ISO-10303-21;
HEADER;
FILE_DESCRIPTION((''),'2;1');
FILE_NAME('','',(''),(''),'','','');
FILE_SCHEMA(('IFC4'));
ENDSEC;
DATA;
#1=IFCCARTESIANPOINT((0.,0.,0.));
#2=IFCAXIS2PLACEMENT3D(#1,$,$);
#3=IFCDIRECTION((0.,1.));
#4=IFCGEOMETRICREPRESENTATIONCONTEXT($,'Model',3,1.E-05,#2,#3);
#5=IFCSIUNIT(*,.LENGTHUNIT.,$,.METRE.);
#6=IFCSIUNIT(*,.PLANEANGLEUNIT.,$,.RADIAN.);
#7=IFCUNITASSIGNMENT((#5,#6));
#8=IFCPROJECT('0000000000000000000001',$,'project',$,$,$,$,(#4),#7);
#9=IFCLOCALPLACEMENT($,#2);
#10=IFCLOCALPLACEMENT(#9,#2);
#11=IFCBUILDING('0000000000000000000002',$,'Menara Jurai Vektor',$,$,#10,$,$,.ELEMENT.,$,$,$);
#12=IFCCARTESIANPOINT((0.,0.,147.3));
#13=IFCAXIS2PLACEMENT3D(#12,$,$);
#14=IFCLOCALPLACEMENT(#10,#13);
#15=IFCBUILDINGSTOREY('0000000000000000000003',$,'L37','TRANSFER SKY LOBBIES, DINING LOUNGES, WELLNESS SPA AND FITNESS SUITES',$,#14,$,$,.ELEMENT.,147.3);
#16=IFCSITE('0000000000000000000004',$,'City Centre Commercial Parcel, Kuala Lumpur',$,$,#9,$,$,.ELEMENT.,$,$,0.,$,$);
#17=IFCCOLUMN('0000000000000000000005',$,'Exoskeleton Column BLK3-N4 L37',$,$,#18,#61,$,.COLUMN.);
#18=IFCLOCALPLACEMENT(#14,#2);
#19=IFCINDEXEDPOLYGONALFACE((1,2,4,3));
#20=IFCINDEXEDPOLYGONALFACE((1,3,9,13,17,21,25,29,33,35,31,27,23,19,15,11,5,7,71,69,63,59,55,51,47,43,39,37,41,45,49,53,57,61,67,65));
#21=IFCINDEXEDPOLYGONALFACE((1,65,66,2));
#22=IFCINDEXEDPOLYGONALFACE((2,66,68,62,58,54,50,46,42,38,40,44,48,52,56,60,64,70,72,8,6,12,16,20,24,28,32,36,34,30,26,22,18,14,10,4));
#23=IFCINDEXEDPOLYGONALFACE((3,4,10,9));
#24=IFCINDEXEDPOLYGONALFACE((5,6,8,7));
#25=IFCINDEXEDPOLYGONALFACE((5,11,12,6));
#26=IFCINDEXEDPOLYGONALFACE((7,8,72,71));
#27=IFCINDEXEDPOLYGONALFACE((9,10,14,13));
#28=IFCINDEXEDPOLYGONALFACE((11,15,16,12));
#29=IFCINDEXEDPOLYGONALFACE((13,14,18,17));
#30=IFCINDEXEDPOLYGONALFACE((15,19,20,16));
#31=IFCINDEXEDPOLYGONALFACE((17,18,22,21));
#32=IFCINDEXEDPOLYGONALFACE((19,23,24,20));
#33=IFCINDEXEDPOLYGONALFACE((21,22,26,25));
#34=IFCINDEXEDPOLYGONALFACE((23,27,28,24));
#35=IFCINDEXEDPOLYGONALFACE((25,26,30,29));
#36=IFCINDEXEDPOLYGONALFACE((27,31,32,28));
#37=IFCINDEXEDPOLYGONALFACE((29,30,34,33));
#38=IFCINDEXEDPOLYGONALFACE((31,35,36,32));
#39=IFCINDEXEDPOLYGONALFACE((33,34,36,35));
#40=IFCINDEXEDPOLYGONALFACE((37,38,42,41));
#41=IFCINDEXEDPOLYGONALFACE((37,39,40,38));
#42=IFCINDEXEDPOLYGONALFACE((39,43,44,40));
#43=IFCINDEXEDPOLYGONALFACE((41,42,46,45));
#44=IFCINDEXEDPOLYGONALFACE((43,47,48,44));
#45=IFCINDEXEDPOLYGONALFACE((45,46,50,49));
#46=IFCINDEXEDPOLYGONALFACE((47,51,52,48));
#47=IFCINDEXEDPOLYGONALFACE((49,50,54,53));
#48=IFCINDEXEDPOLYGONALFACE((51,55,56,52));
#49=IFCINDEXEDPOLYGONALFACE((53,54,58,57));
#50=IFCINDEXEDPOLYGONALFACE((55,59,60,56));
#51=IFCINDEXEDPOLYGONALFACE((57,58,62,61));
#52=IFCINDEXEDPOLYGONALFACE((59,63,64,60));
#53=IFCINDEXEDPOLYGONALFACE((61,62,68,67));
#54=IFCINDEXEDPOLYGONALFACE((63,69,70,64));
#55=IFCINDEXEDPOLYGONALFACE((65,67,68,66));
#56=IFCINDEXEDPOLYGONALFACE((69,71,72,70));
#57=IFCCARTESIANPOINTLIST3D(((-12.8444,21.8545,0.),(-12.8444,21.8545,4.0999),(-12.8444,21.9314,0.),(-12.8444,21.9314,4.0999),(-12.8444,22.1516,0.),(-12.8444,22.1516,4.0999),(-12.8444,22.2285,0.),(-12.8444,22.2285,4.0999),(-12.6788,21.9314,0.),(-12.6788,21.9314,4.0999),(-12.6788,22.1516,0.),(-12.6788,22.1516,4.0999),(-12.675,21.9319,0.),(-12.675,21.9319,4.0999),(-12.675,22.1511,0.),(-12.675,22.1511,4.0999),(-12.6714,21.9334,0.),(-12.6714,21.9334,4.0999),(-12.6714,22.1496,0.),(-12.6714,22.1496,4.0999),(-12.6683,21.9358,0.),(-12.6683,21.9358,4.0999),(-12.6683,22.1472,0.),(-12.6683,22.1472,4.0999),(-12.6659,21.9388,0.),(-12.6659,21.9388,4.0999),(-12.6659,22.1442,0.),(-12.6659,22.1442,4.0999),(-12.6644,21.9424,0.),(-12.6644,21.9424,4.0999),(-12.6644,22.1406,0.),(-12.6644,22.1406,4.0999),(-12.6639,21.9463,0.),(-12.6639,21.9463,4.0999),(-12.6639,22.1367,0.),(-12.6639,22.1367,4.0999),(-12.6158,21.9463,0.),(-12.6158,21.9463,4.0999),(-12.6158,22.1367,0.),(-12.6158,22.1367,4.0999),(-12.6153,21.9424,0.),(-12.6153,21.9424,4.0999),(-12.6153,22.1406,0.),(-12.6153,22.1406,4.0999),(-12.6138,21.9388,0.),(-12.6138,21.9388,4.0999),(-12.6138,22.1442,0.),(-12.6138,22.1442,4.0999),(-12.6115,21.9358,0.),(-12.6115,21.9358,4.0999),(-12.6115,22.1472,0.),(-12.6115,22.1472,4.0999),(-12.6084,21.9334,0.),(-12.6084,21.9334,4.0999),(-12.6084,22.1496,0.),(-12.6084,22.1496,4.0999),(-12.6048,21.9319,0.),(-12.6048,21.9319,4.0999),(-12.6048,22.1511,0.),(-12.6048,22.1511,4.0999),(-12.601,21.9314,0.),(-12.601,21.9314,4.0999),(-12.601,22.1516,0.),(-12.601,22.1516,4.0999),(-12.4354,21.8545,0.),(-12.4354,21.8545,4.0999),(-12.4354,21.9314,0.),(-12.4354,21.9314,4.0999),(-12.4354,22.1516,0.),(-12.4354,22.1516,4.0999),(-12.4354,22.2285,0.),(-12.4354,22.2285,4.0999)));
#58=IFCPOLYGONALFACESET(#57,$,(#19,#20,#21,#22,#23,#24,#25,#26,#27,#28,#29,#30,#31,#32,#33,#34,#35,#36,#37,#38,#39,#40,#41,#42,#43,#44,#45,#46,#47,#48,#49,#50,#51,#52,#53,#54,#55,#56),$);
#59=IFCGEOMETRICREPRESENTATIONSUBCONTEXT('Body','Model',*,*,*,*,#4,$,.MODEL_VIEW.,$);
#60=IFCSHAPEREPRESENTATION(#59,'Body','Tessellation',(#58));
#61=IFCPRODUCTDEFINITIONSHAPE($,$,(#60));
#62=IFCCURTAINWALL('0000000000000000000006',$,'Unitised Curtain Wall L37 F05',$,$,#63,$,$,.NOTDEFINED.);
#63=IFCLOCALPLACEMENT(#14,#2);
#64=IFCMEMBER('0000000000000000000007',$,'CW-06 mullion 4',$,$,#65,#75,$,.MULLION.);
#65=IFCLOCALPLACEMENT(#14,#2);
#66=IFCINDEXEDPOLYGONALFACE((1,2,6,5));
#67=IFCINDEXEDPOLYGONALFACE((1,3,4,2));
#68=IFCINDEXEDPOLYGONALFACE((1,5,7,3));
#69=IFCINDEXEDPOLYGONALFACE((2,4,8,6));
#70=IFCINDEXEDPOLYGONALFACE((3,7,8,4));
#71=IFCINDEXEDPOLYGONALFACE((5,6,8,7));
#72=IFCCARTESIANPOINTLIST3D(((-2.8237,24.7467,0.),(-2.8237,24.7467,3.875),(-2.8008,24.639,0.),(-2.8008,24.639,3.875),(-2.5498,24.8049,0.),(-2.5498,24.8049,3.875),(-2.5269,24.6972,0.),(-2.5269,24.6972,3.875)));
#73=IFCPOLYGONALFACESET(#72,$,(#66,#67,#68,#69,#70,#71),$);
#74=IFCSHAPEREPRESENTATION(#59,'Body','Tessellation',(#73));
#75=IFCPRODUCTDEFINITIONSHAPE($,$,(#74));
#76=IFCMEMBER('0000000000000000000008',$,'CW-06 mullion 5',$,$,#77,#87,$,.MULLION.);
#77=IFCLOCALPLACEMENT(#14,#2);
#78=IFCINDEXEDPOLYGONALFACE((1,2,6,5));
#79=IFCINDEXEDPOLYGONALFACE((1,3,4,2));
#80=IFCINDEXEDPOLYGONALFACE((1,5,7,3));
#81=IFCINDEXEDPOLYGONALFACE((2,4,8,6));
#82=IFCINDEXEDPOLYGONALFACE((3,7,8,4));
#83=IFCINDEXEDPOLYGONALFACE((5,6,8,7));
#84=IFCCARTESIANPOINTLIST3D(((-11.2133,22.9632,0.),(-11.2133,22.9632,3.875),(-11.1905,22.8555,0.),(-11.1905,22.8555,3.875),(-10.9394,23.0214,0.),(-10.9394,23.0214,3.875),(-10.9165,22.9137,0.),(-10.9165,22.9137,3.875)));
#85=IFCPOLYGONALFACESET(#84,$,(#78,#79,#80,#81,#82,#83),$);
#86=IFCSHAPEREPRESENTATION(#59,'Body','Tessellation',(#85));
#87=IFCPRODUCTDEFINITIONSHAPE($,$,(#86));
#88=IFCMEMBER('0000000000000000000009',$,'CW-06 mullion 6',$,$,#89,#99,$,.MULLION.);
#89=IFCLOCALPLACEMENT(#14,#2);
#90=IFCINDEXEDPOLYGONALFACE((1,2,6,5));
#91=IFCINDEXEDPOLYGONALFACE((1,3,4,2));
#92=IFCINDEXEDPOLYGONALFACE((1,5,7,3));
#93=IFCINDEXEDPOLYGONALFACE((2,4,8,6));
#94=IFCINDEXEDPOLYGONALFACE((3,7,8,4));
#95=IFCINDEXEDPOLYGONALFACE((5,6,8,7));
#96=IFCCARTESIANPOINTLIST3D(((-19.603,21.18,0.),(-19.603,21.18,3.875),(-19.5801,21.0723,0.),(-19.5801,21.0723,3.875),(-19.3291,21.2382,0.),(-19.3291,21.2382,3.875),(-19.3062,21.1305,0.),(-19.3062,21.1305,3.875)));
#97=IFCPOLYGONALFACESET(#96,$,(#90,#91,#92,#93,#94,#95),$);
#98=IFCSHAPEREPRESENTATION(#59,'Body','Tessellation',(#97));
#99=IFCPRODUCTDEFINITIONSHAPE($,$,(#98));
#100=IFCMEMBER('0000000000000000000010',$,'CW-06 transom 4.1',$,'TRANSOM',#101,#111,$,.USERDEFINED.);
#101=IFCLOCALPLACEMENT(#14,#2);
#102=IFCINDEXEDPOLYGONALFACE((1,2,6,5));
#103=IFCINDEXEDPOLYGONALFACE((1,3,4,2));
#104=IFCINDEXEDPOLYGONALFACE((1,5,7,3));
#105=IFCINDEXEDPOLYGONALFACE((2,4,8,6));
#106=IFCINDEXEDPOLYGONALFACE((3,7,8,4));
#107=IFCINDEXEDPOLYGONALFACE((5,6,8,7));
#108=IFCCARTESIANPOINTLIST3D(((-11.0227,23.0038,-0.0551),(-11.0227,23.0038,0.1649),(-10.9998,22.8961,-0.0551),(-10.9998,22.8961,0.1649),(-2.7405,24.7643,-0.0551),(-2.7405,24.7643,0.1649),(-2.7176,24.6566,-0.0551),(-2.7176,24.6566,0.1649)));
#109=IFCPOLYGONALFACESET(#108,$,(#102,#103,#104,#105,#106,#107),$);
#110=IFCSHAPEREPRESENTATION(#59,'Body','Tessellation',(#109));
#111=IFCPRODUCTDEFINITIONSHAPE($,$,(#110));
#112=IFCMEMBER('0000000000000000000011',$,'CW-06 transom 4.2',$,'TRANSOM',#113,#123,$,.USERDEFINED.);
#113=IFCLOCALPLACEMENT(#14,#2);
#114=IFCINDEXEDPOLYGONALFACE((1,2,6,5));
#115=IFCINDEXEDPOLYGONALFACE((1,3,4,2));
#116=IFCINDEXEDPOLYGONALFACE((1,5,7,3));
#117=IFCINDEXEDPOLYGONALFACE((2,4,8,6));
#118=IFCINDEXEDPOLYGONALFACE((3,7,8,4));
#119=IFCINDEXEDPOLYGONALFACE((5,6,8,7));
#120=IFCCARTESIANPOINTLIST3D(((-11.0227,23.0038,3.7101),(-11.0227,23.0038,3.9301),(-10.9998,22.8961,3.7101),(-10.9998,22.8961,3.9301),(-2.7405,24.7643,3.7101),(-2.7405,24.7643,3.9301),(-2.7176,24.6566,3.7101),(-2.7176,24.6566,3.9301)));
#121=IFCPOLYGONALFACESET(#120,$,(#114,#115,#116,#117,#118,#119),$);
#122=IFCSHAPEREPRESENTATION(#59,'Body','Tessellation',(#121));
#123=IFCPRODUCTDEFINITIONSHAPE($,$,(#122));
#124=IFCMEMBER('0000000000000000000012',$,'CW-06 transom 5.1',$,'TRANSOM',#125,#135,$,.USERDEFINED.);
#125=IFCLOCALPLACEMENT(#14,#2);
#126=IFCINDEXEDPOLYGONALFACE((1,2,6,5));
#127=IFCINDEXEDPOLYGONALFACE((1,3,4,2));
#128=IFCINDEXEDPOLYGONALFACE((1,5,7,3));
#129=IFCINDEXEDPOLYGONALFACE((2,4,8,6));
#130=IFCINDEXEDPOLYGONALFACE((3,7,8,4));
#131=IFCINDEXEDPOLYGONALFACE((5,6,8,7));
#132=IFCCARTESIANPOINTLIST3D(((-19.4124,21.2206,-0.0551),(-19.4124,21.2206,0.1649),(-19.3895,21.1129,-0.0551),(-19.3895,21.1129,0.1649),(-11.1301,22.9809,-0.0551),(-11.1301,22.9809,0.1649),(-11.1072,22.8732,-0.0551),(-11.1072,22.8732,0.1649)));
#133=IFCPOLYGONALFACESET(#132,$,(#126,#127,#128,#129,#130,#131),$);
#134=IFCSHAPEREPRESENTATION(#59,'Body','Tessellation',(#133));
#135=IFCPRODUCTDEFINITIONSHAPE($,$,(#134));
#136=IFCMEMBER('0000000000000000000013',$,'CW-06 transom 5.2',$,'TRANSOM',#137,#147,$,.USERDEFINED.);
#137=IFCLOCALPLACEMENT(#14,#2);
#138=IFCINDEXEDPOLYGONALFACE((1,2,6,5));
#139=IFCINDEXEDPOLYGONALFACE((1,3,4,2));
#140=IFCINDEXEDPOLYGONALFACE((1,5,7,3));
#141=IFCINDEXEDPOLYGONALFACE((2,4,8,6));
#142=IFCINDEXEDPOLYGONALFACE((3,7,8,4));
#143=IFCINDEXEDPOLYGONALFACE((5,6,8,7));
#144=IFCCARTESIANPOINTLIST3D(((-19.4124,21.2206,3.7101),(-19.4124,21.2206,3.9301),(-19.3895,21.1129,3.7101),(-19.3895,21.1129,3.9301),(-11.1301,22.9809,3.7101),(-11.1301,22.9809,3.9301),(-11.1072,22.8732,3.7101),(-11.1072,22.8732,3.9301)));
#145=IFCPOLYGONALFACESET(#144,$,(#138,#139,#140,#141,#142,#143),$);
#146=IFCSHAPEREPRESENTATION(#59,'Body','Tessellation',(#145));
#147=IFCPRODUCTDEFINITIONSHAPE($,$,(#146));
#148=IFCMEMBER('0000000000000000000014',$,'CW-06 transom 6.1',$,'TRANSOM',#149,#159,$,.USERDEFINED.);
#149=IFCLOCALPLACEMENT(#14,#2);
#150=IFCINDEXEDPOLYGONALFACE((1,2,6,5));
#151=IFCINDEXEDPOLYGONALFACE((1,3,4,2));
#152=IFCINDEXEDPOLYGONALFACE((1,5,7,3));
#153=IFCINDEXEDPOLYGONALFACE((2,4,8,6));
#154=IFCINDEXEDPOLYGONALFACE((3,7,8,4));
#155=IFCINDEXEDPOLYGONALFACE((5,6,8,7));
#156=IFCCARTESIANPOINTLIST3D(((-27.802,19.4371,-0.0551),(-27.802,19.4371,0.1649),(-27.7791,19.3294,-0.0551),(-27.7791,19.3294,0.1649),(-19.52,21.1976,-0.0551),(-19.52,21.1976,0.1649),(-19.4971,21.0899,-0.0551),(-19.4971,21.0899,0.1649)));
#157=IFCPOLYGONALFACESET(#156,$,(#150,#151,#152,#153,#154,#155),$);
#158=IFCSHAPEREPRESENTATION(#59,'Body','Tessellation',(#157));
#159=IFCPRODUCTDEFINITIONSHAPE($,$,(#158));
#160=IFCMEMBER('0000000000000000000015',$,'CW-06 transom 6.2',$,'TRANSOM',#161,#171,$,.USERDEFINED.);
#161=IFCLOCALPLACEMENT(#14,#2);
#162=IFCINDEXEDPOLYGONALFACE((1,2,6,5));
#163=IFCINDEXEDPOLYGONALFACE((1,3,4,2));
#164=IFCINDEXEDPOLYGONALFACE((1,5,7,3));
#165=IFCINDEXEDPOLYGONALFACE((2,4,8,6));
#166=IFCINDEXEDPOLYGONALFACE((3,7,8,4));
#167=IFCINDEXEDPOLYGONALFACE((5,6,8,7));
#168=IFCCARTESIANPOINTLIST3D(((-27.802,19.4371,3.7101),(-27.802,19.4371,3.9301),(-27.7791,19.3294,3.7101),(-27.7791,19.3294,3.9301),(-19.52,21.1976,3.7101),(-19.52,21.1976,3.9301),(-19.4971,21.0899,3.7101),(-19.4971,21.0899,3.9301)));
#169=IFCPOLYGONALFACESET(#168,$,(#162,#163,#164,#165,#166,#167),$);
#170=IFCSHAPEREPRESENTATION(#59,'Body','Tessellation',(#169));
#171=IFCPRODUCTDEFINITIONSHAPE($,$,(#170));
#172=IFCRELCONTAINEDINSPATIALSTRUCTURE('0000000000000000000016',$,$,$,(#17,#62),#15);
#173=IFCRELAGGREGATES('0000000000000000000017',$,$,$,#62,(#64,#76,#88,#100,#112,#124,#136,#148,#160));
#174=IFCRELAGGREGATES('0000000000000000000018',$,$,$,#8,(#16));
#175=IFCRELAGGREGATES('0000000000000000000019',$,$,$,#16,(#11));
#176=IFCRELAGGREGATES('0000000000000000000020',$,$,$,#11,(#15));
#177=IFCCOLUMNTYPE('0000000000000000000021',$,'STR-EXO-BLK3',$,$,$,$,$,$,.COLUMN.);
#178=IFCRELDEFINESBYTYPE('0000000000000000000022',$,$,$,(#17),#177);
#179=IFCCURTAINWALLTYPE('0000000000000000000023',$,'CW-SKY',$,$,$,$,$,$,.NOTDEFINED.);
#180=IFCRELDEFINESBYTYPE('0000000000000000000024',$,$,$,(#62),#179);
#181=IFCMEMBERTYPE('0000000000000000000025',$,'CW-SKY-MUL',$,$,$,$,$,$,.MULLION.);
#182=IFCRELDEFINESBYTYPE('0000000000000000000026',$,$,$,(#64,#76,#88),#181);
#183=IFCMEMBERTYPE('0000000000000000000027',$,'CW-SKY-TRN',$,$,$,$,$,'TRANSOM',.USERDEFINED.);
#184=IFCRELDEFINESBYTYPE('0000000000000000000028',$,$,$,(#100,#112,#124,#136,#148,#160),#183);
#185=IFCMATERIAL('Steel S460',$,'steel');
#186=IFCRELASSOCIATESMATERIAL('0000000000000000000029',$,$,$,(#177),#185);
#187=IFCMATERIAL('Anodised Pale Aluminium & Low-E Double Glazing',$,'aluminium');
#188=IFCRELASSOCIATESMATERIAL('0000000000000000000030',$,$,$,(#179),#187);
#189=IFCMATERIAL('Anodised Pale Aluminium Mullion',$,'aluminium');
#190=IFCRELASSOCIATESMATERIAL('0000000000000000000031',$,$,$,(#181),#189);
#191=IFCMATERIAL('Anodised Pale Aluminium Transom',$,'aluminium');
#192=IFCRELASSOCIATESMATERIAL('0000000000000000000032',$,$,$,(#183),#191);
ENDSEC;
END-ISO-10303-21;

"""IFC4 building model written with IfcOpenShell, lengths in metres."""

from ifc_helpers import new_model, si_unit, direction, frame, origin, origin_2d, place, context, subcontext, project, spatial, rectangle, i_section, extrude, material, material_profile, profile_set, type_object, element, aggregate, save


model = new_model("IFC4")

# Units and contexts
model_context = context("Model", 3, precision=1e-05, world=origin(), true_north=direction((0.0, 1.0)))
body_context = subcontext(model_context, "Body", "Model", "MODEL_VIEW")
ifc_project = project(units=[si_unit("LENGTHUNIT", "METRE"), si_unit("PLANEANGLEUNIT", "RADIAN")], contexts=[model_context])

# Site, building, storey
site_placement = place(None, origin())
site = spatial("IfcSite", under=ifc_project, at=site_placement, Name="City Centre Commercial Parcel, Kuala Lumpur", CompositionType="ELEMENT", RefElevation=0.0)
building_placement = place(site_placement, origin())
building = spatial("IfcBuilding", under=site, at=building_placement, Name="Menara Jurai Vektor", CompositionType="ELEMENT")
storey_placement = place(building_placement, frame((0.0, 0.0, 147.3)))
storey = spatial("IfcBuildingStorey", under=building, at=storey_placement, Name="L37", Description="TRANSFER SKY LOBBIES, DINING LOUNGES, WELLNESS SPA AND FITNESS SUITES", CompositionType="ELEMENT", Elevation=147.3)

# Column
ifc_material_1 = material(Name="Steel S460", Category="steel")
ifc_material_profile_1 = material_profile(ifc_material_1, i_section(OverallWidth=0.4089, OverallDepth=0.374, WebThickness=0.0481, FlangeThickness=0.0769, FilletRadius=0.0149, at=origin_2d()), Name="HD 400x634")
ifc_profile_set_1 = profile_set([ifc_material_profile_1], Name="Steel S460")
column_type = type_object("IfcColumnType", Name="STR-EXO-BLK3", PredefinedType="COLUMN", material=ifc_profile_set_1)
column_placement = place(storey_placement, frame((-12.6399, 22.0415, 0.0), z_axis=(0.0, 0.0, 1.0), x_axis=(1.0, 0.0, 0.0)))
element("IfcColumn", 1, at=column_placement, inside=storey, type_object=column_type, Name="Exoskeleton Column BLK3-N4 L37", PredefinedType="COLUMN", context=body_context, shape_type="SweptSolid", body=[
    extrude(i_section(OverallWidth=0.4089, OverallDepth=0.374, WebThickness=0.0481, FlangeThickness=0.0769, FilletRadius=0.0149, at=origin_2d()), origin(), (0.0, 0.0, 1.0), 4.0999),
])

# Curtain wall, members
ifc_material_2 = material(Name="Anodised Pale Aluminium & Low-E Double Glazing", Category="aluminium")
curtain_wall_type = type_object("IfcCurtainWallType", Name="CW-SKY", PredefinedType="NOTDEFINED", material=ifc_material_2)
curtain_wall_placement = place(storey_placement, origin())
curtain_wall = element("IfcCurtainWall", 2, at=curtain_wall_placement, inside=storey, type_object=curtain_wall_type, Name="Unitised Curtain Wall L37 F05", PredefinedType="NOTDEFINED")
ifc_material_3 = material(Name="Anodised Pale Aluminium Mullion", Category="aluminium")
ifc_material_profile_2 = material_profile(ifc_material_3, rectangle(XDim=0.1101, YDim=0.28, at=origin_2d()), Name="ALU MUL 110x280")
ifc_profile_set_2 = profile_set([ifc_material_profile_2], Name="Anodised Pale Aluminium Mullion")
member_type_1 = type_object("IfcMemberType", Name="CW-SKY-MUL", PredefinedType="MULLION", material=ifc_profile_set_2)
member_1_placement = place(storey_placement, frame((-2.6753, 24.7219, 0.0), z_axis=(0.0, 0.0, 1.0), x_axis=(0.207911, -0.978148, 0.0)))
member_1 = element("IfcMember", 3, at=member_1_placement, type_object=member_type_1, Name="CW-06 mullion 4", PredefinedType="MULLION", context=body_context, shape_type="SweptSolid", body=[
    extrude(rectangle(XDim=0.1101, YDim=0.28, at=origin_2d()), origin(), (0.0, 0.0, 1.0), 3.875),
])
member_2_placement = place(storey_placement, frame((-11.0649, 22.9385, 0.0), z_axis=(0.0, 0.0, 1.0), x_axis=(0.207911, -0.978148, 0.0)))
member_2 = element("IfcMember", 4, at=member_2_placement, type_object=member_type_1, Name="CW-06 mullion 5", PredefinedType="MULLION", context=body_context, shape_type="SweptSolid", body=[
    extrude(rectangle(XDim=0.1101, YDim=0.28, at=origin_2d()), origin(), (0.0, 0.0, 1.0), 3.875),
])
member_3_placement = place(storey_placement, frame((-19.4546, 21.1553, 0.0), z_axis=(0.0, 0.0, 1.0), x_axis=(0.207911, -0.978148, 0.0)))
member_3 = element("IfcMember", 5, at=member_3_placement, type_object=member_type_1, Name="CW-06 mullion 6", PredefinedType="MULLION", context=body_context, shape_type="SweptSolid", body=[
    extrude(rectangle(XDim=0.1101, YDim=0.28, at=origin_2d()), origin(), (0.0, 0.0, 1.0), 3.875),
])
ifc_material_4 = material(Name="Anodised Pale Aluminium Transom", Category="aluminium")
ifc_material_profile_3 = material_profile(ifc_material_4, rectangle(XDim=0.1101, YDim=0.22, at=origin_2d()), Name="ALU TRN 110x220")
ifc_profile_set_3 = profile_set([ifc_material_profile_3], Name="Anodised Pale Aluminium Transom")
member_type_2 = type_object("IfcMemberType", Name="CW-SKY-TRN", ElementType="TRANSOM", PredefinedType="USERDEFINED", material=ifc_profile_set_3)
member_4_placement = place(storey_placement, frame((-2.729, 24.7104, 0.0549), z_axis=(-0.978146, -0.207918, 0.0), x_axis=(0.207918, -0.978146, 0.0)))
member_4 = element("IfcMember", 6, at=member_4_placement, type_object=member_type_2, Name="CW-06 transom 4.1", ObjectType="TRANSOM", PredefinedType="USERDEFINED", context=body_context, shape_type="SweptSolid", body=[
    extrude(rectangle(XDim=0.1101, YDim=0.22, at=origin_2d()), origin(), (0.0, 0.0, 1.0), 8.4673),
])
member_5_placement = place(storey_placement, frame((-2.729, 24.7104, 3.8201), z_axis=(-0.978146, -0.207918, 0.0), x_axis=(0.207918, -0.978146, 0.0)))
member_5 = element("IfcMember", 7, at=member_5_placement, type_object=member_type_2, Name="CW-06 transom 4.2", ObjectType="TRANSOM", PredefinedType="USERDEFINED", context=body_context, shape_type="SweptSolid", body=[
    extrude(rectangle(XDim=0.1101, YDim=0.22, at=origin_2d()), origin(), (0.0, 0.0, 1.0), 8.4673),
])
member_6_placement = place(storey_placement, frame((-11.1187, 22.927, 0.0549), z_axis=(-0.978152, -0.20789, 0.0), x_axis=(0.20789, -0.978152, 0.0)))
member_6 = element("IfcMember", 8, at=member_6_placement, type_object=member_type_2, Name="CW-06 transom 5.1", ObjectType="TRANSOM", PredefinedType="USERDEFINED", context=body_context, shape_type="SweptSolid", body=[
    extrude(rectangle(XDim=0.1101, YDim=0.22, at=origin_2d()), origin(), (0.0, 0.0, 1.0), 8.4673),
])
member_7_placement = place(storey_placement, frame((-11.1187, 22.927, 3.8201), z_axis=(-0.978152, -0.20789, 0.0), x_axis=(0.20789, -0.978152, 0.0)))
member_7 = element("IfcMember", 9, at=member_7_placement, type_object=member_type_2, Name="CW-06 transom 5.2", ObjectType="TRANSOM", PredefinedType="USERDEFINED", context=body_context, shape_type="SweptSolid", body=[
    extrude(rectangle(XDim=0.1101, YDim=0.22, at=origin_2d()), origin(), (0.0, 0.0, 1.0), 8.4673),
])
member_8_placement = place(storey_placement, frame((-19.5085, 21.1438, 0.0549), z_axis=(-0.978145, -0.207924, 0.0), x_axis=(0.207924, -0.978145, 0.0)))
member_8 = element("IfcMember", 10, at=member_8_placement, type_object=member_type_2, Name="CW-06 transom 6.1", ObjectType="TRANSOM", PredefinedType="USERDEFINED", context=body_context, shape_type="SweptSolid", body=[
    extrude(rectangle(XDim=0.1101, YDim=0.22, at=origin_2d()), origin(), (0.0, 0.0, 1.0), 8.467),
])
member_9_placement = place(storey_placement, frame((-19.5085, 21.1438, 3.8201), z_axis=(-0.978145, -0.207924, 0.0), x_axis=(0.207924, -0.978145, 0.0)))
member_9 = element("IfcMember", 11, at=member_9_placement, type_object=member_type_2, Name="CW-06 transom 6.2", ObjectType="TRANSOM", PredefinedType="USERDEFINED", context=body_context, shape_type="SweptSolid", body=[
    extrude(rectangle(XDim=0.1101, YDim=0.22, at=origin_2d()), origin(), (0.0, 0.0, 1.0), 8.467),
])

aggregate(curtain_wall, [member_1, member_2, member_3, member_4, member_5, member_6, member_7, member_8, member_9])

save(model, "model.ifc")
